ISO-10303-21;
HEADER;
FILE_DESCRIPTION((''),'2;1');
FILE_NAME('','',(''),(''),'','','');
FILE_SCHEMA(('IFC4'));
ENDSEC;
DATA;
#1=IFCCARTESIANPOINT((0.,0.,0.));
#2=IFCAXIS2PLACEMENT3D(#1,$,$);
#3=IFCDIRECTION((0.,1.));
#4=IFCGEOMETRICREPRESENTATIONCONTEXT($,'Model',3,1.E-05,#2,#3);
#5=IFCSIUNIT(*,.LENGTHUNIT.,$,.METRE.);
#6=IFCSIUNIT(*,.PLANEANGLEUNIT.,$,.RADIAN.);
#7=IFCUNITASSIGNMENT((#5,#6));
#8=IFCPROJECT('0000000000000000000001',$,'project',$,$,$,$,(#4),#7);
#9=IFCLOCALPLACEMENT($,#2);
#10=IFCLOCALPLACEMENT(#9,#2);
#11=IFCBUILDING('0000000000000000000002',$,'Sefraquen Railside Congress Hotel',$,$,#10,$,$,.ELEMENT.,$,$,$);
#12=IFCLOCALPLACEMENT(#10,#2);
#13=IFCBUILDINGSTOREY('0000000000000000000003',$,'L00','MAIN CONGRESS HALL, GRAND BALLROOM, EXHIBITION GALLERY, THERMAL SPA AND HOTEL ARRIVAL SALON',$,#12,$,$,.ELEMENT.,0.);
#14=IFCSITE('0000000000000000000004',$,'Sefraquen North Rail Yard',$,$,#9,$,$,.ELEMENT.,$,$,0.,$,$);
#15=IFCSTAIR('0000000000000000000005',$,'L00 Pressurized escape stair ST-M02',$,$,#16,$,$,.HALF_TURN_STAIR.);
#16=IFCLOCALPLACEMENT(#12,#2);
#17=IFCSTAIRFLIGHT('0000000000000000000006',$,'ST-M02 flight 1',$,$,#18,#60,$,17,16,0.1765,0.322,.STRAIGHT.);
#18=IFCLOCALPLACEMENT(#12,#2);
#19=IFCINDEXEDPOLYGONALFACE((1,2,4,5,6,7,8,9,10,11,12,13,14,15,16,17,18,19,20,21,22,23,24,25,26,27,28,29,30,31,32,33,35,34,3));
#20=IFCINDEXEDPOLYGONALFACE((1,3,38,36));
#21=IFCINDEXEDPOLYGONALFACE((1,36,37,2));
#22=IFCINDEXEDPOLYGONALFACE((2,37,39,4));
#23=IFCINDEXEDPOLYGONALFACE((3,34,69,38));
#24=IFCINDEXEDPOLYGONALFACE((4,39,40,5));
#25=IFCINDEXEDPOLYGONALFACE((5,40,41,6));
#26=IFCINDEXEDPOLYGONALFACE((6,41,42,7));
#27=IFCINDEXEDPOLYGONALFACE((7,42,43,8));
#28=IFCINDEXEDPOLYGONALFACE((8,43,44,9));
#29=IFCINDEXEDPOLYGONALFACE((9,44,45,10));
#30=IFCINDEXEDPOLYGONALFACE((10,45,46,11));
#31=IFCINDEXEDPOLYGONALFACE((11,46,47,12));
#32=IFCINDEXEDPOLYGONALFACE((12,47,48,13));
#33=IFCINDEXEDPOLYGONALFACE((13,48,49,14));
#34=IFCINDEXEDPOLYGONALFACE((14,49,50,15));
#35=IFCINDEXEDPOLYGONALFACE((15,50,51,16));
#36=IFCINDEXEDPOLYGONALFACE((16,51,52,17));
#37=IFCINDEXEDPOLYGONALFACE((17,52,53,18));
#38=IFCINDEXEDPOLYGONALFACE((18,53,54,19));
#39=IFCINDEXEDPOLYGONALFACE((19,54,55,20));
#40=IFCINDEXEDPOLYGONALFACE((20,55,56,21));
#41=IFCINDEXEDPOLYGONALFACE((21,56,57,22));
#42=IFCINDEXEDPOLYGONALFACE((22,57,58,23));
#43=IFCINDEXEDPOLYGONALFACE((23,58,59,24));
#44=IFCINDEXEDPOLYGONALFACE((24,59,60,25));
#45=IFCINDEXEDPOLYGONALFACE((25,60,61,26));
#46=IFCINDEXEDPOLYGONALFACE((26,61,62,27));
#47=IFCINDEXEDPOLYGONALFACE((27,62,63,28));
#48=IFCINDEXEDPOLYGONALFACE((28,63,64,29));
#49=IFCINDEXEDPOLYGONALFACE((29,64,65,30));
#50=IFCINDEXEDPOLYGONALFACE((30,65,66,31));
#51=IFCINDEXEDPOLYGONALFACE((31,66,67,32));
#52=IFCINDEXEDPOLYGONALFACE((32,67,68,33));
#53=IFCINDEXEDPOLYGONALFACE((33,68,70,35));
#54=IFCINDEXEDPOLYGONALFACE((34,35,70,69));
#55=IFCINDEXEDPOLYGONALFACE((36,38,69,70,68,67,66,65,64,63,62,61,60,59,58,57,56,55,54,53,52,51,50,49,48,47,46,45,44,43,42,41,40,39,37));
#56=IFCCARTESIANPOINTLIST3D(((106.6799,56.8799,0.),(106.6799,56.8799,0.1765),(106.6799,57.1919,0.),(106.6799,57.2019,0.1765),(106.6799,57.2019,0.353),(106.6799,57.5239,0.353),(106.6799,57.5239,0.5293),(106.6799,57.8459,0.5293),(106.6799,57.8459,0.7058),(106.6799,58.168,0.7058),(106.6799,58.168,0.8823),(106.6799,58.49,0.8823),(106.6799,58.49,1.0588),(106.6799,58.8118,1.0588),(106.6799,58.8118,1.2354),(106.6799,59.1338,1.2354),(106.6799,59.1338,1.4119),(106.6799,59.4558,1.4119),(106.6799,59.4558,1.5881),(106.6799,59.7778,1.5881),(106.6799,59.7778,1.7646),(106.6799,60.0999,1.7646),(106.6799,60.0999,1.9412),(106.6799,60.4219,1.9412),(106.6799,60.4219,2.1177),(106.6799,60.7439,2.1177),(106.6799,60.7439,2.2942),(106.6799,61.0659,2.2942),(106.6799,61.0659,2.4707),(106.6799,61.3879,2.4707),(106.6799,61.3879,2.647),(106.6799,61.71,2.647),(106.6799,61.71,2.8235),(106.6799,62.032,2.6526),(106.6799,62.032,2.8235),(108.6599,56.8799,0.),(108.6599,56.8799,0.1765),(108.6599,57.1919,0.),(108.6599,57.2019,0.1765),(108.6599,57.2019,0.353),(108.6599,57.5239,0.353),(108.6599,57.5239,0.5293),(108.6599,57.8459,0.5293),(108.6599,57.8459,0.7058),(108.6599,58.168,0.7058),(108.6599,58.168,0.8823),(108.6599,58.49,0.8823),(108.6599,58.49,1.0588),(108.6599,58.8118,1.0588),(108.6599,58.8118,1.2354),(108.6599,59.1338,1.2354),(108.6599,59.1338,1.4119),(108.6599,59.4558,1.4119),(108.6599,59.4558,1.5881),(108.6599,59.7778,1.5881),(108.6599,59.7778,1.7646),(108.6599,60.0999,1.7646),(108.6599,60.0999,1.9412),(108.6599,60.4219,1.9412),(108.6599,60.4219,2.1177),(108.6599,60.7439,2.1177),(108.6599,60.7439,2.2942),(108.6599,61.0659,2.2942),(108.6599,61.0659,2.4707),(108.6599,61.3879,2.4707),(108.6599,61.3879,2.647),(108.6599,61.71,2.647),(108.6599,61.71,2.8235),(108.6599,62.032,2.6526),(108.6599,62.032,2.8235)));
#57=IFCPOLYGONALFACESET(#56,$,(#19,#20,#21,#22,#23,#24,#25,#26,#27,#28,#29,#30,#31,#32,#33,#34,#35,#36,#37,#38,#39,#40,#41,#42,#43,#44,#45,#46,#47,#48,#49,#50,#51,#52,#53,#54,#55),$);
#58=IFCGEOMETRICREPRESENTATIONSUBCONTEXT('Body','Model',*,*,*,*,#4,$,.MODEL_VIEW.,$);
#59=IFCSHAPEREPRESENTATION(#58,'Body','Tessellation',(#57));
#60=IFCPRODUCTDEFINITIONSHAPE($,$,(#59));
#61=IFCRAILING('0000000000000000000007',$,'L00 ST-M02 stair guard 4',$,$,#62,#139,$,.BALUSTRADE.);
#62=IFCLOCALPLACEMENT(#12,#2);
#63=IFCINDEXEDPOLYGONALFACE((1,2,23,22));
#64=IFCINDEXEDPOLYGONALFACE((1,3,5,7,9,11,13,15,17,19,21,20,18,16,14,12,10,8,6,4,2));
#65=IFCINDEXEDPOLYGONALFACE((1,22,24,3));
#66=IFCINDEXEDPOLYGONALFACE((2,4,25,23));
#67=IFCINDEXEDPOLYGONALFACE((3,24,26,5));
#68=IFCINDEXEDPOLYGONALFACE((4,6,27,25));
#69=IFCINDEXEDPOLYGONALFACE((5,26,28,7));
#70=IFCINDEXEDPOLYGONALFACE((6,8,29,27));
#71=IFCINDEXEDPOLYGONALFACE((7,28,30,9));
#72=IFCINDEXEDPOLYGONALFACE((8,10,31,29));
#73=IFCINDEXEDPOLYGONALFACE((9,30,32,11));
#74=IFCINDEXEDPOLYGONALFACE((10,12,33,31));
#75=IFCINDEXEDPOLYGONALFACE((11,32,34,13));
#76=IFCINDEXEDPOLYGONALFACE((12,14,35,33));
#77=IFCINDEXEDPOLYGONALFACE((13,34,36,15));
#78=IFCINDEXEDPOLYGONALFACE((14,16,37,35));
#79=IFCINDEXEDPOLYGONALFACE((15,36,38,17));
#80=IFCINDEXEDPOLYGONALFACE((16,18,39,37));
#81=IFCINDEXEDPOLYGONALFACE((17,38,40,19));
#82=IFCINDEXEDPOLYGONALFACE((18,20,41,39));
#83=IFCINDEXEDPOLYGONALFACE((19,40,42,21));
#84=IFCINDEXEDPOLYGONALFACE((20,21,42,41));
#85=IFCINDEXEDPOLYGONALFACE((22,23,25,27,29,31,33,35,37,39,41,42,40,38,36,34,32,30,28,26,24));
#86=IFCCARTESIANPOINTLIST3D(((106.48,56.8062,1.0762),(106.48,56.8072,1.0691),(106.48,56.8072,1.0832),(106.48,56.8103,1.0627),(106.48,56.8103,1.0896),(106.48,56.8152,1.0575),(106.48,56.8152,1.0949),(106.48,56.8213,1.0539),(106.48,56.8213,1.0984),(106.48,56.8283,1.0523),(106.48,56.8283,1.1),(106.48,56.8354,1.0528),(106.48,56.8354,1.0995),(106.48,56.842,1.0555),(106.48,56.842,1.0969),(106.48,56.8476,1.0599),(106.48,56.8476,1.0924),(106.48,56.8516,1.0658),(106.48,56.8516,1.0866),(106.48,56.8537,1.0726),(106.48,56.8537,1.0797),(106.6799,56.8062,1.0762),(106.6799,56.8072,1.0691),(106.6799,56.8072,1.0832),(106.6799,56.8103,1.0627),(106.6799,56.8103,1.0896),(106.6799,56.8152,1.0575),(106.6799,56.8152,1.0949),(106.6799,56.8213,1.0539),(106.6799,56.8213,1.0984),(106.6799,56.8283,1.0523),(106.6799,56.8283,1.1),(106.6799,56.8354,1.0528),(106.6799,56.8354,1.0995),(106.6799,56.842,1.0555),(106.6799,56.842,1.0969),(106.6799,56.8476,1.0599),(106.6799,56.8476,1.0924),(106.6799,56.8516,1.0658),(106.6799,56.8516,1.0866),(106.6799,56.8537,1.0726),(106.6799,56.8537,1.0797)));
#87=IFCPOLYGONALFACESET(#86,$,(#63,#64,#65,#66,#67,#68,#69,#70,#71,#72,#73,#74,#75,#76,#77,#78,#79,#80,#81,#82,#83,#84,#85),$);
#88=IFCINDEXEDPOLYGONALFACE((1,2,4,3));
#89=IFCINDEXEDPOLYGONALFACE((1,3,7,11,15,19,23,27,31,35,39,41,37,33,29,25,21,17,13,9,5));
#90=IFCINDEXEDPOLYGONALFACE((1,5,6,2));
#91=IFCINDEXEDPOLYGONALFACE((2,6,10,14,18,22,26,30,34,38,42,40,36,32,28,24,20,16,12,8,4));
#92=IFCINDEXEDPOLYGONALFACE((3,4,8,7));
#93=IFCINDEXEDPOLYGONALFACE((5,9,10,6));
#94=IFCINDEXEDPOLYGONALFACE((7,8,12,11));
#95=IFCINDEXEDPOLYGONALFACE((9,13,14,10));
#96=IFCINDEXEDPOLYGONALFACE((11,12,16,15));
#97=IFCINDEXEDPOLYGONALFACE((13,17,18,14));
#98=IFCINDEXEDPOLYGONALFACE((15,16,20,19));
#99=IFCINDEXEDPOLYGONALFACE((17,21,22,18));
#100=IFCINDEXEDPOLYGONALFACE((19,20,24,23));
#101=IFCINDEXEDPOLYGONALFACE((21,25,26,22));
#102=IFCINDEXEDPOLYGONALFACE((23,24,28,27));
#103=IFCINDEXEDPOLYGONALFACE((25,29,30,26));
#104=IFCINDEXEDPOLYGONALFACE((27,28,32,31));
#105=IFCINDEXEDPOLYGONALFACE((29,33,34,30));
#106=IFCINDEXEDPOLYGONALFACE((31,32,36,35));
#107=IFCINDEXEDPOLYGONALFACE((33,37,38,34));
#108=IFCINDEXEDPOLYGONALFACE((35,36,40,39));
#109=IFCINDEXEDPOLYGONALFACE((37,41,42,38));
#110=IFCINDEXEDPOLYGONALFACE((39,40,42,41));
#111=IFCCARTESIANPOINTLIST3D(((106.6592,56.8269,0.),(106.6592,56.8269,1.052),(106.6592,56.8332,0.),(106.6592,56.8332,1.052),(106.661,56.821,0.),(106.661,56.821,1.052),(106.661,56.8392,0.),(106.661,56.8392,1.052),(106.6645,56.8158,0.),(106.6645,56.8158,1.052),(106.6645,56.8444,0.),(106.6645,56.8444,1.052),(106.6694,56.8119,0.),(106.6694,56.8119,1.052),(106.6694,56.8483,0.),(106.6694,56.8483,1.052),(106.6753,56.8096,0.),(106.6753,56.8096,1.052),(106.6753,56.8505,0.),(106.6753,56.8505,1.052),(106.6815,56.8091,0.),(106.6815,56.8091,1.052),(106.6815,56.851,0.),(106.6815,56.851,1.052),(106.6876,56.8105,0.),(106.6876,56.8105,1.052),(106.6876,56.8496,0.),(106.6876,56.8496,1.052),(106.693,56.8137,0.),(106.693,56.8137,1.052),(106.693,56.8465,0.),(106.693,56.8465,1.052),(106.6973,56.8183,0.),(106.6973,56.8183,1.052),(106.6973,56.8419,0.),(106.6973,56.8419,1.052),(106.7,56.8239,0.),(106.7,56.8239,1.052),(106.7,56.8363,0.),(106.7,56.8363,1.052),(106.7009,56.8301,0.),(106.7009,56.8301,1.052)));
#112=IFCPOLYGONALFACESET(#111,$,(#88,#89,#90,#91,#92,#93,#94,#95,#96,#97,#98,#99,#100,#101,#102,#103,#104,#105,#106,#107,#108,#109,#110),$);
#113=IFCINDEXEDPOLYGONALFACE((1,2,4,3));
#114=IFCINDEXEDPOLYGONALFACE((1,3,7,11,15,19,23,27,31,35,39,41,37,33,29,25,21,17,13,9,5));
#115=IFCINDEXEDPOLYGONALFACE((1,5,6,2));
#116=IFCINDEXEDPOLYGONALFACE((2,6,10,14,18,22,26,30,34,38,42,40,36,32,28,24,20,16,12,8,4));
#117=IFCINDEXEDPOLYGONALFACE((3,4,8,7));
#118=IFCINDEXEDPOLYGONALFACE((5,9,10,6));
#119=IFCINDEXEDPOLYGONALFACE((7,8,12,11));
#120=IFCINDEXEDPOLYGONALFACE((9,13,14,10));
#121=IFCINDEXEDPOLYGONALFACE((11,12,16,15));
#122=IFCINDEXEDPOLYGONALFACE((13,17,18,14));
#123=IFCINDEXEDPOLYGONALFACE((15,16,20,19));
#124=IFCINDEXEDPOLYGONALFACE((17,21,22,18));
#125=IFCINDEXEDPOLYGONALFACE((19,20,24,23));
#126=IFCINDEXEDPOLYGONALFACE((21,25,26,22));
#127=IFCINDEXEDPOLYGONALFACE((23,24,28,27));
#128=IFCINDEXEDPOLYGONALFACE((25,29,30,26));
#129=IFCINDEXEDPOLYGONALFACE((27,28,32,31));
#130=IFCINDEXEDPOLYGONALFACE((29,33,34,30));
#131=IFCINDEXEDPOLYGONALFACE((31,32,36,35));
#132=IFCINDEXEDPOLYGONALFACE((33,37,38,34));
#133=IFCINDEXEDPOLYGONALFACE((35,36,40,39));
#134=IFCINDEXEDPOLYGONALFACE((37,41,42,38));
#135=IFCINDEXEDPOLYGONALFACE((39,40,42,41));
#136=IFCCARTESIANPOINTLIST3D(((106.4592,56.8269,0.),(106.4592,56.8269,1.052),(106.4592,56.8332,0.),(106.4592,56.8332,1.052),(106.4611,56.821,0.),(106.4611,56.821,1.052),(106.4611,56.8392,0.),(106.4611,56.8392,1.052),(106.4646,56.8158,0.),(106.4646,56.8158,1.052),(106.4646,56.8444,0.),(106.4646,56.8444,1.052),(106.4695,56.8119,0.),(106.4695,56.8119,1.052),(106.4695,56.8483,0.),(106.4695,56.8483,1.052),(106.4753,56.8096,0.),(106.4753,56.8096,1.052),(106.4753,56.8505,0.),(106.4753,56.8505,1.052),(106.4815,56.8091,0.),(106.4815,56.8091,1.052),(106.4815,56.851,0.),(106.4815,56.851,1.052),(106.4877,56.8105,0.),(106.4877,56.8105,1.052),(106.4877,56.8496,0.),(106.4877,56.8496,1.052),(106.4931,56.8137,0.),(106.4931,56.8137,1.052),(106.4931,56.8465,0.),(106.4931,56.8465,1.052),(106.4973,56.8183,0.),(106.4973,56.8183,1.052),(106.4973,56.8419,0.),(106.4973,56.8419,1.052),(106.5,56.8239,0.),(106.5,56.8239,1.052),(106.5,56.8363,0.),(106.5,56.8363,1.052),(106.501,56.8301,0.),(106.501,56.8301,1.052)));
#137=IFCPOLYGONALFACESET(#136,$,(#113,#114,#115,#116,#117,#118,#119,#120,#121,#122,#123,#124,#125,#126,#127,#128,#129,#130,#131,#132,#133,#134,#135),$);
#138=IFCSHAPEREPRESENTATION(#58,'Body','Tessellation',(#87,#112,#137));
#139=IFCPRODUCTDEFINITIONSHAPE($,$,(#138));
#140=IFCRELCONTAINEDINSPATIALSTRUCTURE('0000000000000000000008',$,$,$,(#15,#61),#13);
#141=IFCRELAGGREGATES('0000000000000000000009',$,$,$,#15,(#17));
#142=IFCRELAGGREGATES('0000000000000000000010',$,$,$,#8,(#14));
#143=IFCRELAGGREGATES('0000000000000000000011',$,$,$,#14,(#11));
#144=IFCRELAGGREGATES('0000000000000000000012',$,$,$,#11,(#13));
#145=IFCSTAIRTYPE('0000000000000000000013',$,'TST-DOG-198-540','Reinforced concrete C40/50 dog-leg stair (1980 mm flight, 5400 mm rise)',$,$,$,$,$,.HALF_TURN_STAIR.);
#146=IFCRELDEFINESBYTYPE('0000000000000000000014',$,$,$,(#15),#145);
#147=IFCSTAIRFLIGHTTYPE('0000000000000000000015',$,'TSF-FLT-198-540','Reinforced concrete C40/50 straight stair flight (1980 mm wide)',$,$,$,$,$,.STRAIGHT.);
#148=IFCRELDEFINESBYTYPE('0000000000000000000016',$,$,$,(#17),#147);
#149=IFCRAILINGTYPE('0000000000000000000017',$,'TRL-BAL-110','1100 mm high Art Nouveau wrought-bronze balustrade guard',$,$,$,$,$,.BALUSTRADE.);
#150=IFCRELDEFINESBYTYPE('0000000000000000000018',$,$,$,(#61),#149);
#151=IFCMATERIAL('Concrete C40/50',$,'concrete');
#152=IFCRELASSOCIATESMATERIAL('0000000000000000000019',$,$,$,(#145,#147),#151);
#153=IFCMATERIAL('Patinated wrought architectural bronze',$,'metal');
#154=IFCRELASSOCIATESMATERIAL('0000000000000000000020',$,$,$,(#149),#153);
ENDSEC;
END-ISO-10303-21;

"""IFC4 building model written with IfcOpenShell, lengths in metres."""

from ifc_helpers import new_model, si_unit, direction, frame, origin, origin_2d, place, context, subcontext, project, spatial, polyline, circle, outline, extrude, material, type_object, element, aggregate, save


model = new_model("IFC4")

# Units and contexts
model_context = context("Model", 3, precision=1e-05, world=origin(), true_north=direction((0.0, 1.0)))
body_context = subcontext(model_context, "Body", "Model", "MODEL_VIEW")
ifc_project = project(units=[si_unit("LENGTHUNIT", "METRE"), si_unit("PLANEANGLEUNIT", "RADIAN")], contexts=[model_context])

# Site, building, storey
site_placement = place(None, origin())
site = spatial("IfcSite", under=ifc_project, at=site_placement, Name="Sefraquen North Rail Yard", CompositionType="ELEMENT", RefElevation=0.0)
building_placement = place(site_placement, origin())
building = spatial("IfcBuilding", under=site, at=building_placement, Name="Sefraquen Railside Congress Hotel", CompositionType="ELEMENT")
storey_placement = place(building_placement, origin())
storey = spatial("IfcBuildingStorey", under=building, at=storey_placement, Name="L00", Description="MAIN CONGRESS HALL, GRAND BALLROOM, EXHIBITION GALLERY, THERMAL SPA AND HOTEL ARRIVAL SALON", CompositionType="ELEMENT", Elevation=0.0)

# Shared definitions
ifc_material_1 = material(Name="Concrete C40/50", Category="concrete")

# Stair, stair flight
stair_type = type_object("IfcStairType", Name="TST-DOG-198-540", Description="Reinforced concrete C40/50 dog-leg stair (1980 mm flight, 5400 mm rise)", PredefinedType="HALF_TURN_STAIR", material=ifc_material_1)
stair_placement = place(storey_placement, origin())
stair = element("IfcStair", 1, at=stair_placement, inside=storey, type_object=stair_type, Name="L00 Pressurized escape stair ST-M02", PredefinedType="HALF_TURN_STAIR")
stair_flight_type = type_object("IfcStairFlightType", Name="TSF-FLT-198-540", Description="Reinforced concrete C40/50 straight stair flight (1980 mm wide)", PredefinedType="STRAIGHT", material=ifc_material_1)
stair_flight_placement = place(storey_placement, frame((107.6699, 56.8799, 0.0), z_axis=(0.0, 0.0, 1.0), x_axis=(0.0, 1.0, 0.0)))
stair_flight = element("IfcStairFlight", 2, at=stair_flight_placement, type_object=stair_flight_type, Name="ST-M02 flight 1", NumberOfRisers=17, NumberOfTreads=16, PredefinedType="STRAIGHT", RiserHeight=0.1765, TreadLength=0.322, context=body_context, shape_type="SweptSolid", body=[
    extrude(outline(polyline([(0.0, 0.0), (0.0, 0.1765), (0.322, 0.1765), (0.322, 0.353), (0.644, 0.353), (0.644, 0.5293), (0.9661, 0.5293), (0.9661, 0.7058), (1.2881, 0.7058), (1.2881, 0.8823), (1.6101, 0.8823), (1.6101, 1.0588), (1.9319, 1.0588), (1.9319, 1.2354), (2.2539, 1.2354), (2.2539, 1.4119), (2.5759, 1.4119), (2.5759, 1.5881), (2.8979, 1.5881), (2.8979, 1.7646), (3.22, 1.7646), (3.22, 1.9412), (3.542, 1.9412), (3.542, 2.1177), (3.864, 2.1177), (3.864, 2.2942), (4.186, 2.2942), (4.186, 2.4707), (4.5081, 2.4707), (4.5081, 2.647), (4.8301, 2.647), (4.8301, 2.8235), (5.1521, 2.8235), (5.1521, 3.0), (5.1521, 2.6526), (0.312, 0.0), (0.0, 0.0)])), frame((0.0, 0.99, 0.0), z_axis=(0.0, -1.0, 0.0), x_axis=(1.0, 0.0, 0.0)), (0.0, 0.0, 1.0), 1.98),
])
aggregate(stair, [stair_flight])

# Railing
ifc_material_2 = material(Name="Patinated wrought architectural bronze", Category="metal")
railing_type_1 = type_object("IfcRailingType", Name="TRL-BAL-110", Description="1100 mm high Art Nouveau wrought-bronze balustrade guard", PredefinedType="BALUSTRADE", material=ifc_material_2)
railing_1_placement = place(storey_placement, frame((106.6799, 56.8301, 0.0)))
element("IfcRailing", 3, at=railing_1_placement, inside=storey, type_object=railing_type_1, Name="L00 ST-M02 stair guard 4", PredefinedType="BALUSTRADE", context=body_context, shape_type="SweptSolid", body=[
    extrude(circle(Radius=0.0239, at=origin_2d()), frame((0.0, 0.0, 1.0762), z_axis=(-1.0, 0.0, 0.0), x_axis=(0.0, -1.0, 0.0)), (0.0, 0.0, 1.0), 0.2),
    extrude(circle(Radius=0.021, at=origin_2d()), origin(), (0.0, 0.0, 1.0), 1.052),
    extrude(circle(Radius=0.021, at=origin_2d()), frame((-0.2, 0.0, 0.0)), (0.0, 0.0, 1.0), 1.052),
])

save(model, "model.ifc")
